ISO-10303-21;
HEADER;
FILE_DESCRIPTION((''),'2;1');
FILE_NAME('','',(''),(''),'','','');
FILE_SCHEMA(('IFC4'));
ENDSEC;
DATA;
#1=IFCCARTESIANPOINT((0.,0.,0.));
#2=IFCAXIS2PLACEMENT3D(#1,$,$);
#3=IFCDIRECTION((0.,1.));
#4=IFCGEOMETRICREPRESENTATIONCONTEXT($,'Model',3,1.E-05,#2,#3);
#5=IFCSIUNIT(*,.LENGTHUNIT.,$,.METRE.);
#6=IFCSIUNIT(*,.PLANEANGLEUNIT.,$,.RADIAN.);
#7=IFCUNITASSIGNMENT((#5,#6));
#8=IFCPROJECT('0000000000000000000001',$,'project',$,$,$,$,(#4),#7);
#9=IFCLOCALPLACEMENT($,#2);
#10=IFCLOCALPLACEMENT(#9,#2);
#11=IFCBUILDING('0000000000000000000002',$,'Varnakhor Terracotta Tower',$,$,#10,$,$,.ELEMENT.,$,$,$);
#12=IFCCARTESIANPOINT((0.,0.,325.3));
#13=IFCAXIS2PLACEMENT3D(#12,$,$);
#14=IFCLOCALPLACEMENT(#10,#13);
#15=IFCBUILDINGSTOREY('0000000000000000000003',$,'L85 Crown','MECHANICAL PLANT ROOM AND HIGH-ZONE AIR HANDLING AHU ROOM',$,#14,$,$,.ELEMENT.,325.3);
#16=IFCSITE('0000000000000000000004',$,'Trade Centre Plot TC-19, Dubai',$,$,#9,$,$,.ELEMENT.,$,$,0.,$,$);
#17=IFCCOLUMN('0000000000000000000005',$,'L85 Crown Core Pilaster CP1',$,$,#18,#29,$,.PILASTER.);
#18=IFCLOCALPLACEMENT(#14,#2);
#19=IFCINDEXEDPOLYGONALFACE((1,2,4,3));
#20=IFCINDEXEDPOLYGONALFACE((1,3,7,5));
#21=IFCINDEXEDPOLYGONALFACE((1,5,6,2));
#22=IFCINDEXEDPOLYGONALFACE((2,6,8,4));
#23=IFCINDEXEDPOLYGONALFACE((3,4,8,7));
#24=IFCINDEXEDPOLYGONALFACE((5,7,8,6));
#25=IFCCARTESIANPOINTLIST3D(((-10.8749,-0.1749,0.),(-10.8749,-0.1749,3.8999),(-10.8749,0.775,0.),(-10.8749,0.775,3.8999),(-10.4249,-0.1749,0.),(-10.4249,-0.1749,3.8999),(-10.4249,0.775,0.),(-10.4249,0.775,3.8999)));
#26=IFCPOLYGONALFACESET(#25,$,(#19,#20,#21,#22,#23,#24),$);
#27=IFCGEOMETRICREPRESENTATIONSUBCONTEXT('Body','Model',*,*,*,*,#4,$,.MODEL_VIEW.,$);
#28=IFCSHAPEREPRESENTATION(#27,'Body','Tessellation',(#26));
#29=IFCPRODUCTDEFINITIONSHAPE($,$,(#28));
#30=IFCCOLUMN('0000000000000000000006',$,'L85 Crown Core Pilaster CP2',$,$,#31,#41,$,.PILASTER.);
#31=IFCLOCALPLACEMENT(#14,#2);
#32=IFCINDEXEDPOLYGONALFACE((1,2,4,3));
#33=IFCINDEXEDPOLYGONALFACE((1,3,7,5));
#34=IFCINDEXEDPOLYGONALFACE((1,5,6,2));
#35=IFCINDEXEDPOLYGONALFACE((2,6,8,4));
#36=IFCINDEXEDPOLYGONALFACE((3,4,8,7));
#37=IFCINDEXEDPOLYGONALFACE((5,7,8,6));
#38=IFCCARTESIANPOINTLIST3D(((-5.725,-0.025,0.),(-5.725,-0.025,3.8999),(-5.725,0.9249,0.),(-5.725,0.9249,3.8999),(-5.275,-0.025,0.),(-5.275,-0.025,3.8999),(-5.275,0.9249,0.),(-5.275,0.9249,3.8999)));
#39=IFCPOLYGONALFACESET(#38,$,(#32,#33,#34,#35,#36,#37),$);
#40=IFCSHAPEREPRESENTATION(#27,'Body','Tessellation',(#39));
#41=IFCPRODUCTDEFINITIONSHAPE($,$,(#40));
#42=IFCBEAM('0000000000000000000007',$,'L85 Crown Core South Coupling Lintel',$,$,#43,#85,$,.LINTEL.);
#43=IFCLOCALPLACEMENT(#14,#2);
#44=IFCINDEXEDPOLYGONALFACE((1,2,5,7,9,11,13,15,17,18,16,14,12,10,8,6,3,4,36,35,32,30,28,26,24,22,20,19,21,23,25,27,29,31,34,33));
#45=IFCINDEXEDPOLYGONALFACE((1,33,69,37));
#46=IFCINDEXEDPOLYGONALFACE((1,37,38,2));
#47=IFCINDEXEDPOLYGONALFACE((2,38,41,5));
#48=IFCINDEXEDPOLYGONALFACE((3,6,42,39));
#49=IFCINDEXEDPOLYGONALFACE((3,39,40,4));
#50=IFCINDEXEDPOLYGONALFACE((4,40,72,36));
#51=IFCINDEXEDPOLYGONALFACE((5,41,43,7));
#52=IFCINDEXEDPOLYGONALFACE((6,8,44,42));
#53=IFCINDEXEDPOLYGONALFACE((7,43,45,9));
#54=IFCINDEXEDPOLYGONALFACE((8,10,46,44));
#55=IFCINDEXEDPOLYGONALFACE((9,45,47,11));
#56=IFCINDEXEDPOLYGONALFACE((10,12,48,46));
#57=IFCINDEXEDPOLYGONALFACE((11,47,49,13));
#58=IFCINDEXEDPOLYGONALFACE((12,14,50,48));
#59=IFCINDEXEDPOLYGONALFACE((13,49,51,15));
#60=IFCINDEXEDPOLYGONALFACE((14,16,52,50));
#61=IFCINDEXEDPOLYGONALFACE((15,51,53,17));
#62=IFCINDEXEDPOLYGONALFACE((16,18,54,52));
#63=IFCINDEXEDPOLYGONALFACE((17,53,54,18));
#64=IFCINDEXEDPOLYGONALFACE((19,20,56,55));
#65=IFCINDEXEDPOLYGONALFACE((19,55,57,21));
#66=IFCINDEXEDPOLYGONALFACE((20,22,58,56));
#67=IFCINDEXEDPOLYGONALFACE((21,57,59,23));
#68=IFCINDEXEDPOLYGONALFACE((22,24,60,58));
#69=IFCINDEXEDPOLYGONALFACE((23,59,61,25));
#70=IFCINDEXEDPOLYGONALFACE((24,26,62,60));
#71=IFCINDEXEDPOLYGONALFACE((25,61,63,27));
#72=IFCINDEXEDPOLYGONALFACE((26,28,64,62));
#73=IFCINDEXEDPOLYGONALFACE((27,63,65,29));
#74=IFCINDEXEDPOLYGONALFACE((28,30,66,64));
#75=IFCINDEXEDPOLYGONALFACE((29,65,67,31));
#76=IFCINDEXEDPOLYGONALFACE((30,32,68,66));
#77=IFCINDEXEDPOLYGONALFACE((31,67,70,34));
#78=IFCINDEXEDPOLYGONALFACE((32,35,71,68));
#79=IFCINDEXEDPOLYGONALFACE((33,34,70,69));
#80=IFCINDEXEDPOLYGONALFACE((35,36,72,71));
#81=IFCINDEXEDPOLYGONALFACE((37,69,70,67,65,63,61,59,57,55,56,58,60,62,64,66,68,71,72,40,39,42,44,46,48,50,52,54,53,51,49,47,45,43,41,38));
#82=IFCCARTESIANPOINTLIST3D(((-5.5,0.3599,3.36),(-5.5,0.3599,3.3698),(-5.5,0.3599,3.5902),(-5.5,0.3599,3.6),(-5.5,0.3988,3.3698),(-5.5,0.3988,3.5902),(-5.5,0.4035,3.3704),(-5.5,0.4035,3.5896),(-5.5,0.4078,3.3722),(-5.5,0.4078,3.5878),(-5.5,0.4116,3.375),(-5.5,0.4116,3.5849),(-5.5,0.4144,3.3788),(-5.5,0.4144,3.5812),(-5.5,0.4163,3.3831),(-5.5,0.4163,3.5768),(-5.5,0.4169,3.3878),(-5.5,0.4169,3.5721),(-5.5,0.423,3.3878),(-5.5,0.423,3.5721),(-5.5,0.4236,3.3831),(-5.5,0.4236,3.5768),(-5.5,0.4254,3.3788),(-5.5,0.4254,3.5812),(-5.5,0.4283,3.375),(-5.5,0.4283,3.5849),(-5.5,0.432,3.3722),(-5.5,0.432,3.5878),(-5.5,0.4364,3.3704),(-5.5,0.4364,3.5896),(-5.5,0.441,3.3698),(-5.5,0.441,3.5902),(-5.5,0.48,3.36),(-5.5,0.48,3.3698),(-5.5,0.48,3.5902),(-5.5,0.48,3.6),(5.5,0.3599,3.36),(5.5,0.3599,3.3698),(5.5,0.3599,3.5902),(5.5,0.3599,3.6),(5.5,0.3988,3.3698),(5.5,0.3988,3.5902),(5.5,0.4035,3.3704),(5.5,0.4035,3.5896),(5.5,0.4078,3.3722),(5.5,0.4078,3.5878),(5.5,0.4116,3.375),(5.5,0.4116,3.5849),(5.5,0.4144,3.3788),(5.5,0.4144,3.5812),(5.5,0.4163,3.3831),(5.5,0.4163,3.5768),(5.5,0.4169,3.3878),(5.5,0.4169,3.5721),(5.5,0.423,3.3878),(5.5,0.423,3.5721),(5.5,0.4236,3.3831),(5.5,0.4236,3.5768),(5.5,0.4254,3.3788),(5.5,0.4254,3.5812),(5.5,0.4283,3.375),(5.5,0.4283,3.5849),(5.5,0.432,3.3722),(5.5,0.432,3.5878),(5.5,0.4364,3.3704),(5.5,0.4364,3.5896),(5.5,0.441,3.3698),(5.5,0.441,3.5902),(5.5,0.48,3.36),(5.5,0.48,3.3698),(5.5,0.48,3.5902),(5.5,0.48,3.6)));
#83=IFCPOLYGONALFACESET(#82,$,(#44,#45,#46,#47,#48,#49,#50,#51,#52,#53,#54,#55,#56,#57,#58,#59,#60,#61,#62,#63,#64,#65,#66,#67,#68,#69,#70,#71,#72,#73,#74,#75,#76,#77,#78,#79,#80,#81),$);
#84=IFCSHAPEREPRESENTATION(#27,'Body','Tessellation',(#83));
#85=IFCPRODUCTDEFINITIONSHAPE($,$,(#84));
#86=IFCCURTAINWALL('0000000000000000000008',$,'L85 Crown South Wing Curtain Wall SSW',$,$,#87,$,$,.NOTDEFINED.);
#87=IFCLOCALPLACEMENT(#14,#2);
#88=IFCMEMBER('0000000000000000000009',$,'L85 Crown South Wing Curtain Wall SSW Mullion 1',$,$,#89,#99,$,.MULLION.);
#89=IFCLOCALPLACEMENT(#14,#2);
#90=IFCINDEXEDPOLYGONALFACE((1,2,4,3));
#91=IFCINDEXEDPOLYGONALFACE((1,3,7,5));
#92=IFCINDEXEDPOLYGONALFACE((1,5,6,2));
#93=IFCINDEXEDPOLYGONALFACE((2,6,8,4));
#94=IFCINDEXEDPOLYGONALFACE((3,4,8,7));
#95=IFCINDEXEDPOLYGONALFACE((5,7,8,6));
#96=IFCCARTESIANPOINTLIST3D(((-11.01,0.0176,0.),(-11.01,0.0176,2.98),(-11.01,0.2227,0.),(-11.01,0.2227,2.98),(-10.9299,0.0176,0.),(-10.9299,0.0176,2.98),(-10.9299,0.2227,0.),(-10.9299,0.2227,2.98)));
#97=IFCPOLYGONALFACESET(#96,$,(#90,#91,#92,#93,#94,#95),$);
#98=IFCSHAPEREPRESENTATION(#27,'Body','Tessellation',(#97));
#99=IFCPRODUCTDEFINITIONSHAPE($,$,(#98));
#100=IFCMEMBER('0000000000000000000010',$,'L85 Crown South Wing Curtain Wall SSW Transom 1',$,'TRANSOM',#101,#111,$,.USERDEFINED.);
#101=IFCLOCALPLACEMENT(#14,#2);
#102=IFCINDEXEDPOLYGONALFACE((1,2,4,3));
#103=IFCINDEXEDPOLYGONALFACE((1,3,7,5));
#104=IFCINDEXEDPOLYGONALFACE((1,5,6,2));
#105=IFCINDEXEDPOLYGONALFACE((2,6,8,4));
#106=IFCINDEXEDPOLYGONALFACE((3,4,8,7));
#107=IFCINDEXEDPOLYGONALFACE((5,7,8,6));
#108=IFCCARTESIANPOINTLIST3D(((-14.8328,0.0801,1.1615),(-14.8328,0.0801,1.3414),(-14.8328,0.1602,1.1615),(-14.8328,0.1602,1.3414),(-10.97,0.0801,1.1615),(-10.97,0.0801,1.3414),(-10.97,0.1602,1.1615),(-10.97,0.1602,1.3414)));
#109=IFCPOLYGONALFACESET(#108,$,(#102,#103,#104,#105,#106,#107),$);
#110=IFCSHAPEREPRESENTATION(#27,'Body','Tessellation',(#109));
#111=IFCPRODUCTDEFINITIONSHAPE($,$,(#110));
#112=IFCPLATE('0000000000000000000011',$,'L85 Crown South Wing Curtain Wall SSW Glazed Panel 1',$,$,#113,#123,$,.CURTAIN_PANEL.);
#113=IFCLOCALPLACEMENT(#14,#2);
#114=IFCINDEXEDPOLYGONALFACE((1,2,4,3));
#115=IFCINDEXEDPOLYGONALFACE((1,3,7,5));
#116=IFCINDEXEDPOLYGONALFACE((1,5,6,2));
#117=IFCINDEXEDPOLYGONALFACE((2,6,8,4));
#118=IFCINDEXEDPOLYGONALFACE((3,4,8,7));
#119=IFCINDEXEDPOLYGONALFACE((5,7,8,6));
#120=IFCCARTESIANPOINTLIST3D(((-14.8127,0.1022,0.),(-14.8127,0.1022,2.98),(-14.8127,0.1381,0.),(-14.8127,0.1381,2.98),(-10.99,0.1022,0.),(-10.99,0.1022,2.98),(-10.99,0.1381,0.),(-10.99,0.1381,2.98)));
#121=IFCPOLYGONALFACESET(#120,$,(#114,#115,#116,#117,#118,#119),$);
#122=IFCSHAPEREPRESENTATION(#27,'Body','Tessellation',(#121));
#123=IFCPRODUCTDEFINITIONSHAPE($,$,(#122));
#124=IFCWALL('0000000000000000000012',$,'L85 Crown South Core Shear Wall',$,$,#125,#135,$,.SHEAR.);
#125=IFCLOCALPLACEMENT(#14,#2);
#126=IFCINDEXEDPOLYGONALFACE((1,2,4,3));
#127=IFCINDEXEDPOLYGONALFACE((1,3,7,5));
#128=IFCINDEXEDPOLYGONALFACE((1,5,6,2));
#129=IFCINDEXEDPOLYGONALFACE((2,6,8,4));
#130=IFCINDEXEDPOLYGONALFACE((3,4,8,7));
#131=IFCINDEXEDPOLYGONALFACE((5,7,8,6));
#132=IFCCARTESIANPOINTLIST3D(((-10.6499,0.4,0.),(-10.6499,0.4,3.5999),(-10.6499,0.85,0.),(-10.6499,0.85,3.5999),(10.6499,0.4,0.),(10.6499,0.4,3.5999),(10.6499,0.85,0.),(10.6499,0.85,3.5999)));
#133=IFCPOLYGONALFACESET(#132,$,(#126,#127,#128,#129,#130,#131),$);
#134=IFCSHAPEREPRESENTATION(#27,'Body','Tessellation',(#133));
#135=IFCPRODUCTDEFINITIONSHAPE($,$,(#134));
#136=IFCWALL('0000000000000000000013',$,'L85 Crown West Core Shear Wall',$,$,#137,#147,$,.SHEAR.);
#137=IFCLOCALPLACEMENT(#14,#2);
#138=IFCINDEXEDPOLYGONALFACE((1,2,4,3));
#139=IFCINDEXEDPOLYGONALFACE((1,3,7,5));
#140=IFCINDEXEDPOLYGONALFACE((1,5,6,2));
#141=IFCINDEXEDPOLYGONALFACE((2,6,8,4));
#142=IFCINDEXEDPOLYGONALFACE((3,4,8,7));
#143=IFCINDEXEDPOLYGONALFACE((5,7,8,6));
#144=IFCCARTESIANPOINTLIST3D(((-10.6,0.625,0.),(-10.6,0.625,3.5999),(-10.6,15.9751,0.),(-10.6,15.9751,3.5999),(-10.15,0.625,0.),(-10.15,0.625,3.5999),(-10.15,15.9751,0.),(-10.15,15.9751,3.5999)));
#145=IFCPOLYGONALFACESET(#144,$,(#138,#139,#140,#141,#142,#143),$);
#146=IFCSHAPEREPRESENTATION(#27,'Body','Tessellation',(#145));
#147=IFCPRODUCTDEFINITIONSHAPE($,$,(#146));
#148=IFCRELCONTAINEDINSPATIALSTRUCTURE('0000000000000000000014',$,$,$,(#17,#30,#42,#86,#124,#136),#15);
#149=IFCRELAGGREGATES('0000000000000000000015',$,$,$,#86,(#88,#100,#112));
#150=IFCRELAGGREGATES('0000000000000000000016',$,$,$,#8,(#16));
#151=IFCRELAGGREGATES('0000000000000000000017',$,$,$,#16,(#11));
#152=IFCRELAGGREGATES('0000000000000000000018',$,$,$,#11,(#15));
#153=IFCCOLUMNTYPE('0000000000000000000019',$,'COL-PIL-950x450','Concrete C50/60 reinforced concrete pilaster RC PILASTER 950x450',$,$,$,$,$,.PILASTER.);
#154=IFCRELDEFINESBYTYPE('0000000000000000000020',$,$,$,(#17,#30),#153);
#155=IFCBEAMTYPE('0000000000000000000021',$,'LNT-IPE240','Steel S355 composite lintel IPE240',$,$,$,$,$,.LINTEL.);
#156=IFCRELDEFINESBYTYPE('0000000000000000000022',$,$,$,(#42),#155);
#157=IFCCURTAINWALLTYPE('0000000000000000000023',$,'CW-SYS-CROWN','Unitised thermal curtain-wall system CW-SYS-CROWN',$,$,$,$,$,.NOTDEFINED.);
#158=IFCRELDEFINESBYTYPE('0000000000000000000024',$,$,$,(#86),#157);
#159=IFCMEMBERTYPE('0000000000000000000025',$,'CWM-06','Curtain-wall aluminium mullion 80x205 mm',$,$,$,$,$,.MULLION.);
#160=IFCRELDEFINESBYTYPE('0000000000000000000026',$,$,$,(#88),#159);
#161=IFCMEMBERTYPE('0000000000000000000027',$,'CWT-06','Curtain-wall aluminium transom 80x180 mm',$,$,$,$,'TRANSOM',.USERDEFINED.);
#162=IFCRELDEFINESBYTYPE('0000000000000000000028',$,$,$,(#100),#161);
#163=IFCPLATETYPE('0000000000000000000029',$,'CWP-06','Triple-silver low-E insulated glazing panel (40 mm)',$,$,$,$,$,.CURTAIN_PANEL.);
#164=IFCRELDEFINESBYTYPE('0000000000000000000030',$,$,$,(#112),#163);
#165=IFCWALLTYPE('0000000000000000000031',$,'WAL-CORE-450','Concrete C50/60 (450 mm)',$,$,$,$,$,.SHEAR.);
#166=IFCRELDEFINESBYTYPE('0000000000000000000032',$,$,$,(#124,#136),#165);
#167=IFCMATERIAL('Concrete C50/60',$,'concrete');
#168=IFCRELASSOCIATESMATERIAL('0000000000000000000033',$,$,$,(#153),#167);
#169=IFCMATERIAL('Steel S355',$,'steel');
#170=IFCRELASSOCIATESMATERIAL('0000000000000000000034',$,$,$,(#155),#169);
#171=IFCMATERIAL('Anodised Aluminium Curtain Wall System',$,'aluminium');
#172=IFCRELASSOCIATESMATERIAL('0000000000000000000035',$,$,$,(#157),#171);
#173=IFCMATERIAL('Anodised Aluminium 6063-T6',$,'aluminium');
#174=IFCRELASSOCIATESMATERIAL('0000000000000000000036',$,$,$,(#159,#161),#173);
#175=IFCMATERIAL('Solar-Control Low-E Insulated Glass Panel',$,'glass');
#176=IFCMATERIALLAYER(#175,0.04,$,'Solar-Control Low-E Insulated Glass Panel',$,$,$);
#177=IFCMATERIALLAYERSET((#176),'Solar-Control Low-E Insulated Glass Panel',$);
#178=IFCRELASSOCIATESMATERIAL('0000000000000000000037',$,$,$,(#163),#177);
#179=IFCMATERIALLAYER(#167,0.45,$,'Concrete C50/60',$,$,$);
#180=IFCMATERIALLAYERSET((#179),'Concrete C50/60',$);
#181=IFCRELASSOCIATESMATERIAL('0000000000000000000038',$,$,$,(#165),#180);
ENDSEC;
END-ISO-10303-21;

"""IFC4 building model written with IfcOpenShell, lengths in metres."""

from ifc_helpers import new_model, si_unit, direction, frame, frame_2d, origin, origin_2d, place, context, subcontext, project, spatial, rectangle, i_section, extrude, source, transform, mapped, material, layer, layer_set, material_profile, profile_set, type_object, type_shapes, element, aggregate, save


model = new_model("IFC4")

# Units and contexts
model_context = context("Model", 3, precision=1e-05, world=origin(), true_north=direction((0.0, 1.0)))
body_context = subcontext(model_context, "Body", "Model", "MODEL_VIEW")
ifc_project = project(units=[si_unit("LENGTHUNIT", "METRE"), si_unit("PLANEANGLEUNIT", "RADIAN")], contexts=[model_context])

# Site, building, storey
site_placement = place(None, origin())
site = spatial("IfcSite", under=ifc_project, at=site_placement, Name="Trade Centre Plot TC-19, Dubai", CompositionType="ELEMENT", RefElevation=0.0)
building_placement = place(site_placement, origin())
building = spatial("IfcBuilding", under=site, at=building_placement, Name="Varnakhor Terracotta Tower", CompositionType="ELEMENT")
storey_placement = place(building_placement, frame((0.0, 0.0, 325.3)))
storey = spatial("IfcBuildingStorey", under=building, at=storey_placement, Name="L85 Crown", Description="MECHANICAL PLANT ROOM AND HIGH-ZONE AIR HANDLING AHU ROOM", CompositionType="ELEMENT", Elevation=325.3)

# Columns
ifc_material_1 = material(Name="Concrete C50/60", Category="concrete")
ifc_material_profile_1 = material_profile(ifc_material_1, rectangle(XDim=0.45, YDim=0.95, at=origin_2d()), Name="RC PILASTER 950x450")
ifc_profile_set_1 = profile_set([ifc_material_profile_1], Name="Concrete C50/60")
column_type = type_object("IfcColumnType", Name="COL-PIL-950x450", Description="Concrete C50/60 reinforced concrete pilaster RC PILASTER 950x450", PredefinedType="PILASTER", material=ifc_profile_set_1)
shared_shape_1 = source(origin(), body_context, "Body", "SweptSolid", [
    extrude(rectangle(XDim=0.45, YDim=0.95, at=origin_2d()), origin(), (0.0, 0.0, 1.0), 3.8999),
])
for number, where, z_axis, x_axis, name in (
    (1, (-10.6499, 0.3, 0.0), (0.0, 0.0, 1.0), (1.0, 0.0, 0.0), "L85 Crown Core Pilaster CP1"),
    (2, (-5.5, 0.45, 0.0), (0.0, 0.0, 1.0), (1.0, 0.0, 0.0), "L85 Crown Core Pilaster CP2"),
):
    element("IfcColumn", number, at=place(storey_placement, frame(where, z_axis=z_axis, x_axis=x_axis)), inside=storey, type_object=column_type, Name=name, PredefinedType="PILASTER", context=body_context, shape_type="MappedRepresentation", body=[
        mapped(shared_shape_1, transform((0.0, 0.0, 0.0), scale=1.0)),
    ])

# Beam
ifc_material_2 = material(Name="Steel S355", Category="steel")
ifc_material_profile_2 = material_profile(ifc_material_2, i_section(OverallWidth=0.1201, OverallDepth=0.24, WebThickness=0.0061, FlangeThickness=0.0098, FilletRadius=0.0181, at=origin_2d()), Name="IPE240")
ifc_profile_set_2 = profile_set([ifc_material_profile_2], Name="Steel S355")
beam_type = type_object("IfcBeamType", Name="LNT-IPE240", Description="Steel S355 composite lintel IPE240", PredefinedType="LINTEL", material=ifc_profile_set_2)
shared_shape_2 = source(origin(), body_context, "Body", "SweptSolid", [
    extrude(i_section(OverallWidth=0.1201, OverallDepth=0.24, WebThickness=0.0061, FlangeThickness=0.0098, FilletRadius=0.0181, at=origin_2d()), origin(), (0.0, 0.0, 1.0), 11.0),
])
type_shapes(beam_type, [shared_shape_2])
beam_placement = place(storey_placement, frame((-5.5, 0.4199, 3.48), z_axis=(1.0, 0.0, 0.0), x_axis=(0.0, 1.0, 0.0)))
element("IfcBeam", 3, at=beam_placement, inside=storey, type_object=beam_type, Name="L85 Crown Core South Coupling Lintel", PredefinedType="LINTEL", context=body_context, shape_type="MappedRepresentation", body=[
    mapped(shared_shape_2, transform((0.0, 0.0, 0.0), scale=1.0)),
])

# Curtain wall, members, plate
ifc_material_3 = material(Name="Anodised Aluminium Curtain Wall System", Category="aluminium")
curtain_wall_type = type_object("IfcCurtainWallType", Name="CW-SYS-CROWN", Description="Unitised thermal curtain-wall system CW-SYS-CROWN", PredefinedType="NOTDEFINED", material=ifc_material_3)
curtain_wall_placement = place(storey_placement, origin())
curtain_wall = element("IfcCurtainWall", 4, at=curtain_wall_placement, inside=storey, type_object=curtain_wall_type, Name="L85 Crown South Wing Curtain Wall SSW", PredefinedType="NOTDEFINED")
ifc_material_4 = material(Name="Anodised Aluminium 6063-T6", Category="aluminium")
ifc_material_profile_3 = material_profile(ifc_material_4, rectangle(XDim=0.0801, YDim=0.2051, at=origin_2d()), Name="ALU MULLION 80x205")
ifc_profile_set_3 = profile_set([ifc_material_profile_3], Name="Anodised Aluminium 6063-T6")
member_type_1 = type_object("IfcMemberType", Name="CWM-06", Description="Curtain-wall aluminium mullion 80x205 mm", PredefinedType="MULLION", material=ifc_profile_set_3)
shared_shape_3 = source(origin(), body_context, "Body", "SweptSolid", [
    extrude(rectangle(XDim=0.0801, YDim=0.2051, at=origin_2d()), origin(), (0.0, 0.0, 1.0), 2.98),
])
type_shapes(member_type_1, [shared_shape_3])
member_1_placement = place(storey_placement, frame((-10.97, 0.1201, 0.0), z_axis=(0.0, 0.0, 1.0), x_axis=(1.0, 0.0, 0.0)))
member_1 = element("IfcMember", 5, at=member_1_placement, type_object=member_type_1, Name="L85 Crown South Wing Curtain Wall SSW Mullion 1", PredefinedType="MULLION", context=body_context, shape_type="MappedRepresentation", body=[
    mapped(shared_shape_3, transform((0.0, 0.0, 0.0), scale=1.0)),
])
ifc_material_profile_4 = material_profile(ifc_material_4, rectangle(XDim=0.0801, YDim=0.1799, at=origin_2d()), Name="ALU TRANSOM 80x180")
ifc_profile_set_4 = profile_set([ifc_material_profile_4], Name="Anodised Aluminium 6063-T6")
member_type_2 = type_object("IfcMemberType", Name="CWT-06", Description="Curtain-wall aluminium transom 80x180 mm", ElementType="TRANSOM", PredefinedType="USERDEFINED", material=ifc_profile_set_4)
shared_shape_4 = source(origin(), body_context, "Body", "SweptSolid", [
    extrude(rectangle(XDim=0.0801, YDim=0.1799, at=origin_2d()), origin(), (0.0, 0.0, 1.0), 3.8628),
])
member_2_placement = place(storey_placement, frame((-10.97, 0.1201, 1.2515), z_axis=(-1.0, 0.0, 0.0), x_axis=(0.0, -1.0, 0.0)))
member_2 = element("IfcMember", 6, at=member_2_placement, type_object=member_type_2, Name="L85 Crown South Wing Curtain Wall SSW Transom 1", ObjectType="TRANSOM", PredefinedType="USERDEFINED", context=body_context, shape_type="MappedRepresentation", body=[
    mapped(shared_shape_4, transform((0.0, 0.0, 0.0), scale=1.0)),
])
ifc_material_5 = material(Name="Solar-Control Low-E Insulated Glass Panel", Category="glass")
ifc_layer_1 = layer(ifc_material_5, 0.04, Name="Solar-Control Low-E Insulated Glass Panel")
ifc_layer_set_1 = layer_set([ifc_layer_1], Name="Solar-Control Low-E Insulated Glass Panel")
plate_type = type_object("IfcPlateType", Name="CWP-06", Description="Triple-silver low-E insulated glazing panel (40 mm)", PredefinedType="CURTAIN_PANEL", material=ifc_layer_set_1)
shared_shape_5 = source(origin(), body_context, "Body", "SweptSolid", [
    extrude(rectangle(XDim=3.8228, YDim=0.0359, at=origin_2d()), origin(), (0.0, 0.0, 1.0), 2.98),
])
plate_placement = place(storey_placement, frame((-12.9014, 0.1201, 0.0), z_axis=(0.0, 0.0, 1.0), x_axis=(-1.0, 0.0, 0.0)))
plate = element("IfcPlate", 7, at=plate_placement, type_object=plate_type, Name="L85 Crown South Wing Curtain Wall SSW Glazed Panel 1", PredefinedType="CURTAIN_PANEL", context=body_context, shape_type="MappedRepresentation", body=[
    mapped(shared_shape_5, transform((0.0, 0.0, 0.0), scale=1.0)),
])
aggregate(curtain_wall, [member_1, member_2, plate])

# Walls
ifc_layer_2 = layer(ifc_material_1, 0.45, Name="Concrete C50/60")
ifc_layer_set_2 = layer_set([ifc_layer_2], Name="Concrete C50/60")
wall_type_1 = type_object("IfcWallType", Name="WAL-CORE-450", Description="Concrete C50/60 (450 mm)", PredefinedType="SHEAR", material=ifc_layer_set_2)
wall_1_placement = place(storey_placement, frame((-10.6499, 0.625, 0.0), z_axis=(0.0, 0.0, 1.0), x_axis=(1.0, 0.0, 0.0)))
element("IfcWall", 8, at=wall_1_placement, inside=storey, type_object=wall_type_1, Name="L85 Crown South Core Shear Wall", PredefinedType="SHEAR", context=body_context, shape_type="SweptSolid", body=[
    extrude(rectangle(XDim=21.2998, YDim=0.45, at=frame_2d((10.6499, 0.0))), origin(), (0.0, 0.0, 1.0), 3.5999),
])
wall_2_placement = place(storey_placement, frame((-10.375, 0.625, 0.0), z_axis=(0.0, 0.0, 1.0), x_axis=(0.0, 1.0, 0.0)))
element("IfcWall", 9, at=wall_2_placement, inside=storey, type_object=wall_type_1, Name="L85 Crown West Core Shear Wall", PredefinedType="SHEAR", context=body_context, shape_type="SweptSolid", body=[
    extrude(rectangle(XDim=15.3501, YDim=0.45, at=frame_2d((7.675, 0.0))), origin(), (0.0, 0.0, 1.0), 3.5999),
])

save(model, "model.ifc")
